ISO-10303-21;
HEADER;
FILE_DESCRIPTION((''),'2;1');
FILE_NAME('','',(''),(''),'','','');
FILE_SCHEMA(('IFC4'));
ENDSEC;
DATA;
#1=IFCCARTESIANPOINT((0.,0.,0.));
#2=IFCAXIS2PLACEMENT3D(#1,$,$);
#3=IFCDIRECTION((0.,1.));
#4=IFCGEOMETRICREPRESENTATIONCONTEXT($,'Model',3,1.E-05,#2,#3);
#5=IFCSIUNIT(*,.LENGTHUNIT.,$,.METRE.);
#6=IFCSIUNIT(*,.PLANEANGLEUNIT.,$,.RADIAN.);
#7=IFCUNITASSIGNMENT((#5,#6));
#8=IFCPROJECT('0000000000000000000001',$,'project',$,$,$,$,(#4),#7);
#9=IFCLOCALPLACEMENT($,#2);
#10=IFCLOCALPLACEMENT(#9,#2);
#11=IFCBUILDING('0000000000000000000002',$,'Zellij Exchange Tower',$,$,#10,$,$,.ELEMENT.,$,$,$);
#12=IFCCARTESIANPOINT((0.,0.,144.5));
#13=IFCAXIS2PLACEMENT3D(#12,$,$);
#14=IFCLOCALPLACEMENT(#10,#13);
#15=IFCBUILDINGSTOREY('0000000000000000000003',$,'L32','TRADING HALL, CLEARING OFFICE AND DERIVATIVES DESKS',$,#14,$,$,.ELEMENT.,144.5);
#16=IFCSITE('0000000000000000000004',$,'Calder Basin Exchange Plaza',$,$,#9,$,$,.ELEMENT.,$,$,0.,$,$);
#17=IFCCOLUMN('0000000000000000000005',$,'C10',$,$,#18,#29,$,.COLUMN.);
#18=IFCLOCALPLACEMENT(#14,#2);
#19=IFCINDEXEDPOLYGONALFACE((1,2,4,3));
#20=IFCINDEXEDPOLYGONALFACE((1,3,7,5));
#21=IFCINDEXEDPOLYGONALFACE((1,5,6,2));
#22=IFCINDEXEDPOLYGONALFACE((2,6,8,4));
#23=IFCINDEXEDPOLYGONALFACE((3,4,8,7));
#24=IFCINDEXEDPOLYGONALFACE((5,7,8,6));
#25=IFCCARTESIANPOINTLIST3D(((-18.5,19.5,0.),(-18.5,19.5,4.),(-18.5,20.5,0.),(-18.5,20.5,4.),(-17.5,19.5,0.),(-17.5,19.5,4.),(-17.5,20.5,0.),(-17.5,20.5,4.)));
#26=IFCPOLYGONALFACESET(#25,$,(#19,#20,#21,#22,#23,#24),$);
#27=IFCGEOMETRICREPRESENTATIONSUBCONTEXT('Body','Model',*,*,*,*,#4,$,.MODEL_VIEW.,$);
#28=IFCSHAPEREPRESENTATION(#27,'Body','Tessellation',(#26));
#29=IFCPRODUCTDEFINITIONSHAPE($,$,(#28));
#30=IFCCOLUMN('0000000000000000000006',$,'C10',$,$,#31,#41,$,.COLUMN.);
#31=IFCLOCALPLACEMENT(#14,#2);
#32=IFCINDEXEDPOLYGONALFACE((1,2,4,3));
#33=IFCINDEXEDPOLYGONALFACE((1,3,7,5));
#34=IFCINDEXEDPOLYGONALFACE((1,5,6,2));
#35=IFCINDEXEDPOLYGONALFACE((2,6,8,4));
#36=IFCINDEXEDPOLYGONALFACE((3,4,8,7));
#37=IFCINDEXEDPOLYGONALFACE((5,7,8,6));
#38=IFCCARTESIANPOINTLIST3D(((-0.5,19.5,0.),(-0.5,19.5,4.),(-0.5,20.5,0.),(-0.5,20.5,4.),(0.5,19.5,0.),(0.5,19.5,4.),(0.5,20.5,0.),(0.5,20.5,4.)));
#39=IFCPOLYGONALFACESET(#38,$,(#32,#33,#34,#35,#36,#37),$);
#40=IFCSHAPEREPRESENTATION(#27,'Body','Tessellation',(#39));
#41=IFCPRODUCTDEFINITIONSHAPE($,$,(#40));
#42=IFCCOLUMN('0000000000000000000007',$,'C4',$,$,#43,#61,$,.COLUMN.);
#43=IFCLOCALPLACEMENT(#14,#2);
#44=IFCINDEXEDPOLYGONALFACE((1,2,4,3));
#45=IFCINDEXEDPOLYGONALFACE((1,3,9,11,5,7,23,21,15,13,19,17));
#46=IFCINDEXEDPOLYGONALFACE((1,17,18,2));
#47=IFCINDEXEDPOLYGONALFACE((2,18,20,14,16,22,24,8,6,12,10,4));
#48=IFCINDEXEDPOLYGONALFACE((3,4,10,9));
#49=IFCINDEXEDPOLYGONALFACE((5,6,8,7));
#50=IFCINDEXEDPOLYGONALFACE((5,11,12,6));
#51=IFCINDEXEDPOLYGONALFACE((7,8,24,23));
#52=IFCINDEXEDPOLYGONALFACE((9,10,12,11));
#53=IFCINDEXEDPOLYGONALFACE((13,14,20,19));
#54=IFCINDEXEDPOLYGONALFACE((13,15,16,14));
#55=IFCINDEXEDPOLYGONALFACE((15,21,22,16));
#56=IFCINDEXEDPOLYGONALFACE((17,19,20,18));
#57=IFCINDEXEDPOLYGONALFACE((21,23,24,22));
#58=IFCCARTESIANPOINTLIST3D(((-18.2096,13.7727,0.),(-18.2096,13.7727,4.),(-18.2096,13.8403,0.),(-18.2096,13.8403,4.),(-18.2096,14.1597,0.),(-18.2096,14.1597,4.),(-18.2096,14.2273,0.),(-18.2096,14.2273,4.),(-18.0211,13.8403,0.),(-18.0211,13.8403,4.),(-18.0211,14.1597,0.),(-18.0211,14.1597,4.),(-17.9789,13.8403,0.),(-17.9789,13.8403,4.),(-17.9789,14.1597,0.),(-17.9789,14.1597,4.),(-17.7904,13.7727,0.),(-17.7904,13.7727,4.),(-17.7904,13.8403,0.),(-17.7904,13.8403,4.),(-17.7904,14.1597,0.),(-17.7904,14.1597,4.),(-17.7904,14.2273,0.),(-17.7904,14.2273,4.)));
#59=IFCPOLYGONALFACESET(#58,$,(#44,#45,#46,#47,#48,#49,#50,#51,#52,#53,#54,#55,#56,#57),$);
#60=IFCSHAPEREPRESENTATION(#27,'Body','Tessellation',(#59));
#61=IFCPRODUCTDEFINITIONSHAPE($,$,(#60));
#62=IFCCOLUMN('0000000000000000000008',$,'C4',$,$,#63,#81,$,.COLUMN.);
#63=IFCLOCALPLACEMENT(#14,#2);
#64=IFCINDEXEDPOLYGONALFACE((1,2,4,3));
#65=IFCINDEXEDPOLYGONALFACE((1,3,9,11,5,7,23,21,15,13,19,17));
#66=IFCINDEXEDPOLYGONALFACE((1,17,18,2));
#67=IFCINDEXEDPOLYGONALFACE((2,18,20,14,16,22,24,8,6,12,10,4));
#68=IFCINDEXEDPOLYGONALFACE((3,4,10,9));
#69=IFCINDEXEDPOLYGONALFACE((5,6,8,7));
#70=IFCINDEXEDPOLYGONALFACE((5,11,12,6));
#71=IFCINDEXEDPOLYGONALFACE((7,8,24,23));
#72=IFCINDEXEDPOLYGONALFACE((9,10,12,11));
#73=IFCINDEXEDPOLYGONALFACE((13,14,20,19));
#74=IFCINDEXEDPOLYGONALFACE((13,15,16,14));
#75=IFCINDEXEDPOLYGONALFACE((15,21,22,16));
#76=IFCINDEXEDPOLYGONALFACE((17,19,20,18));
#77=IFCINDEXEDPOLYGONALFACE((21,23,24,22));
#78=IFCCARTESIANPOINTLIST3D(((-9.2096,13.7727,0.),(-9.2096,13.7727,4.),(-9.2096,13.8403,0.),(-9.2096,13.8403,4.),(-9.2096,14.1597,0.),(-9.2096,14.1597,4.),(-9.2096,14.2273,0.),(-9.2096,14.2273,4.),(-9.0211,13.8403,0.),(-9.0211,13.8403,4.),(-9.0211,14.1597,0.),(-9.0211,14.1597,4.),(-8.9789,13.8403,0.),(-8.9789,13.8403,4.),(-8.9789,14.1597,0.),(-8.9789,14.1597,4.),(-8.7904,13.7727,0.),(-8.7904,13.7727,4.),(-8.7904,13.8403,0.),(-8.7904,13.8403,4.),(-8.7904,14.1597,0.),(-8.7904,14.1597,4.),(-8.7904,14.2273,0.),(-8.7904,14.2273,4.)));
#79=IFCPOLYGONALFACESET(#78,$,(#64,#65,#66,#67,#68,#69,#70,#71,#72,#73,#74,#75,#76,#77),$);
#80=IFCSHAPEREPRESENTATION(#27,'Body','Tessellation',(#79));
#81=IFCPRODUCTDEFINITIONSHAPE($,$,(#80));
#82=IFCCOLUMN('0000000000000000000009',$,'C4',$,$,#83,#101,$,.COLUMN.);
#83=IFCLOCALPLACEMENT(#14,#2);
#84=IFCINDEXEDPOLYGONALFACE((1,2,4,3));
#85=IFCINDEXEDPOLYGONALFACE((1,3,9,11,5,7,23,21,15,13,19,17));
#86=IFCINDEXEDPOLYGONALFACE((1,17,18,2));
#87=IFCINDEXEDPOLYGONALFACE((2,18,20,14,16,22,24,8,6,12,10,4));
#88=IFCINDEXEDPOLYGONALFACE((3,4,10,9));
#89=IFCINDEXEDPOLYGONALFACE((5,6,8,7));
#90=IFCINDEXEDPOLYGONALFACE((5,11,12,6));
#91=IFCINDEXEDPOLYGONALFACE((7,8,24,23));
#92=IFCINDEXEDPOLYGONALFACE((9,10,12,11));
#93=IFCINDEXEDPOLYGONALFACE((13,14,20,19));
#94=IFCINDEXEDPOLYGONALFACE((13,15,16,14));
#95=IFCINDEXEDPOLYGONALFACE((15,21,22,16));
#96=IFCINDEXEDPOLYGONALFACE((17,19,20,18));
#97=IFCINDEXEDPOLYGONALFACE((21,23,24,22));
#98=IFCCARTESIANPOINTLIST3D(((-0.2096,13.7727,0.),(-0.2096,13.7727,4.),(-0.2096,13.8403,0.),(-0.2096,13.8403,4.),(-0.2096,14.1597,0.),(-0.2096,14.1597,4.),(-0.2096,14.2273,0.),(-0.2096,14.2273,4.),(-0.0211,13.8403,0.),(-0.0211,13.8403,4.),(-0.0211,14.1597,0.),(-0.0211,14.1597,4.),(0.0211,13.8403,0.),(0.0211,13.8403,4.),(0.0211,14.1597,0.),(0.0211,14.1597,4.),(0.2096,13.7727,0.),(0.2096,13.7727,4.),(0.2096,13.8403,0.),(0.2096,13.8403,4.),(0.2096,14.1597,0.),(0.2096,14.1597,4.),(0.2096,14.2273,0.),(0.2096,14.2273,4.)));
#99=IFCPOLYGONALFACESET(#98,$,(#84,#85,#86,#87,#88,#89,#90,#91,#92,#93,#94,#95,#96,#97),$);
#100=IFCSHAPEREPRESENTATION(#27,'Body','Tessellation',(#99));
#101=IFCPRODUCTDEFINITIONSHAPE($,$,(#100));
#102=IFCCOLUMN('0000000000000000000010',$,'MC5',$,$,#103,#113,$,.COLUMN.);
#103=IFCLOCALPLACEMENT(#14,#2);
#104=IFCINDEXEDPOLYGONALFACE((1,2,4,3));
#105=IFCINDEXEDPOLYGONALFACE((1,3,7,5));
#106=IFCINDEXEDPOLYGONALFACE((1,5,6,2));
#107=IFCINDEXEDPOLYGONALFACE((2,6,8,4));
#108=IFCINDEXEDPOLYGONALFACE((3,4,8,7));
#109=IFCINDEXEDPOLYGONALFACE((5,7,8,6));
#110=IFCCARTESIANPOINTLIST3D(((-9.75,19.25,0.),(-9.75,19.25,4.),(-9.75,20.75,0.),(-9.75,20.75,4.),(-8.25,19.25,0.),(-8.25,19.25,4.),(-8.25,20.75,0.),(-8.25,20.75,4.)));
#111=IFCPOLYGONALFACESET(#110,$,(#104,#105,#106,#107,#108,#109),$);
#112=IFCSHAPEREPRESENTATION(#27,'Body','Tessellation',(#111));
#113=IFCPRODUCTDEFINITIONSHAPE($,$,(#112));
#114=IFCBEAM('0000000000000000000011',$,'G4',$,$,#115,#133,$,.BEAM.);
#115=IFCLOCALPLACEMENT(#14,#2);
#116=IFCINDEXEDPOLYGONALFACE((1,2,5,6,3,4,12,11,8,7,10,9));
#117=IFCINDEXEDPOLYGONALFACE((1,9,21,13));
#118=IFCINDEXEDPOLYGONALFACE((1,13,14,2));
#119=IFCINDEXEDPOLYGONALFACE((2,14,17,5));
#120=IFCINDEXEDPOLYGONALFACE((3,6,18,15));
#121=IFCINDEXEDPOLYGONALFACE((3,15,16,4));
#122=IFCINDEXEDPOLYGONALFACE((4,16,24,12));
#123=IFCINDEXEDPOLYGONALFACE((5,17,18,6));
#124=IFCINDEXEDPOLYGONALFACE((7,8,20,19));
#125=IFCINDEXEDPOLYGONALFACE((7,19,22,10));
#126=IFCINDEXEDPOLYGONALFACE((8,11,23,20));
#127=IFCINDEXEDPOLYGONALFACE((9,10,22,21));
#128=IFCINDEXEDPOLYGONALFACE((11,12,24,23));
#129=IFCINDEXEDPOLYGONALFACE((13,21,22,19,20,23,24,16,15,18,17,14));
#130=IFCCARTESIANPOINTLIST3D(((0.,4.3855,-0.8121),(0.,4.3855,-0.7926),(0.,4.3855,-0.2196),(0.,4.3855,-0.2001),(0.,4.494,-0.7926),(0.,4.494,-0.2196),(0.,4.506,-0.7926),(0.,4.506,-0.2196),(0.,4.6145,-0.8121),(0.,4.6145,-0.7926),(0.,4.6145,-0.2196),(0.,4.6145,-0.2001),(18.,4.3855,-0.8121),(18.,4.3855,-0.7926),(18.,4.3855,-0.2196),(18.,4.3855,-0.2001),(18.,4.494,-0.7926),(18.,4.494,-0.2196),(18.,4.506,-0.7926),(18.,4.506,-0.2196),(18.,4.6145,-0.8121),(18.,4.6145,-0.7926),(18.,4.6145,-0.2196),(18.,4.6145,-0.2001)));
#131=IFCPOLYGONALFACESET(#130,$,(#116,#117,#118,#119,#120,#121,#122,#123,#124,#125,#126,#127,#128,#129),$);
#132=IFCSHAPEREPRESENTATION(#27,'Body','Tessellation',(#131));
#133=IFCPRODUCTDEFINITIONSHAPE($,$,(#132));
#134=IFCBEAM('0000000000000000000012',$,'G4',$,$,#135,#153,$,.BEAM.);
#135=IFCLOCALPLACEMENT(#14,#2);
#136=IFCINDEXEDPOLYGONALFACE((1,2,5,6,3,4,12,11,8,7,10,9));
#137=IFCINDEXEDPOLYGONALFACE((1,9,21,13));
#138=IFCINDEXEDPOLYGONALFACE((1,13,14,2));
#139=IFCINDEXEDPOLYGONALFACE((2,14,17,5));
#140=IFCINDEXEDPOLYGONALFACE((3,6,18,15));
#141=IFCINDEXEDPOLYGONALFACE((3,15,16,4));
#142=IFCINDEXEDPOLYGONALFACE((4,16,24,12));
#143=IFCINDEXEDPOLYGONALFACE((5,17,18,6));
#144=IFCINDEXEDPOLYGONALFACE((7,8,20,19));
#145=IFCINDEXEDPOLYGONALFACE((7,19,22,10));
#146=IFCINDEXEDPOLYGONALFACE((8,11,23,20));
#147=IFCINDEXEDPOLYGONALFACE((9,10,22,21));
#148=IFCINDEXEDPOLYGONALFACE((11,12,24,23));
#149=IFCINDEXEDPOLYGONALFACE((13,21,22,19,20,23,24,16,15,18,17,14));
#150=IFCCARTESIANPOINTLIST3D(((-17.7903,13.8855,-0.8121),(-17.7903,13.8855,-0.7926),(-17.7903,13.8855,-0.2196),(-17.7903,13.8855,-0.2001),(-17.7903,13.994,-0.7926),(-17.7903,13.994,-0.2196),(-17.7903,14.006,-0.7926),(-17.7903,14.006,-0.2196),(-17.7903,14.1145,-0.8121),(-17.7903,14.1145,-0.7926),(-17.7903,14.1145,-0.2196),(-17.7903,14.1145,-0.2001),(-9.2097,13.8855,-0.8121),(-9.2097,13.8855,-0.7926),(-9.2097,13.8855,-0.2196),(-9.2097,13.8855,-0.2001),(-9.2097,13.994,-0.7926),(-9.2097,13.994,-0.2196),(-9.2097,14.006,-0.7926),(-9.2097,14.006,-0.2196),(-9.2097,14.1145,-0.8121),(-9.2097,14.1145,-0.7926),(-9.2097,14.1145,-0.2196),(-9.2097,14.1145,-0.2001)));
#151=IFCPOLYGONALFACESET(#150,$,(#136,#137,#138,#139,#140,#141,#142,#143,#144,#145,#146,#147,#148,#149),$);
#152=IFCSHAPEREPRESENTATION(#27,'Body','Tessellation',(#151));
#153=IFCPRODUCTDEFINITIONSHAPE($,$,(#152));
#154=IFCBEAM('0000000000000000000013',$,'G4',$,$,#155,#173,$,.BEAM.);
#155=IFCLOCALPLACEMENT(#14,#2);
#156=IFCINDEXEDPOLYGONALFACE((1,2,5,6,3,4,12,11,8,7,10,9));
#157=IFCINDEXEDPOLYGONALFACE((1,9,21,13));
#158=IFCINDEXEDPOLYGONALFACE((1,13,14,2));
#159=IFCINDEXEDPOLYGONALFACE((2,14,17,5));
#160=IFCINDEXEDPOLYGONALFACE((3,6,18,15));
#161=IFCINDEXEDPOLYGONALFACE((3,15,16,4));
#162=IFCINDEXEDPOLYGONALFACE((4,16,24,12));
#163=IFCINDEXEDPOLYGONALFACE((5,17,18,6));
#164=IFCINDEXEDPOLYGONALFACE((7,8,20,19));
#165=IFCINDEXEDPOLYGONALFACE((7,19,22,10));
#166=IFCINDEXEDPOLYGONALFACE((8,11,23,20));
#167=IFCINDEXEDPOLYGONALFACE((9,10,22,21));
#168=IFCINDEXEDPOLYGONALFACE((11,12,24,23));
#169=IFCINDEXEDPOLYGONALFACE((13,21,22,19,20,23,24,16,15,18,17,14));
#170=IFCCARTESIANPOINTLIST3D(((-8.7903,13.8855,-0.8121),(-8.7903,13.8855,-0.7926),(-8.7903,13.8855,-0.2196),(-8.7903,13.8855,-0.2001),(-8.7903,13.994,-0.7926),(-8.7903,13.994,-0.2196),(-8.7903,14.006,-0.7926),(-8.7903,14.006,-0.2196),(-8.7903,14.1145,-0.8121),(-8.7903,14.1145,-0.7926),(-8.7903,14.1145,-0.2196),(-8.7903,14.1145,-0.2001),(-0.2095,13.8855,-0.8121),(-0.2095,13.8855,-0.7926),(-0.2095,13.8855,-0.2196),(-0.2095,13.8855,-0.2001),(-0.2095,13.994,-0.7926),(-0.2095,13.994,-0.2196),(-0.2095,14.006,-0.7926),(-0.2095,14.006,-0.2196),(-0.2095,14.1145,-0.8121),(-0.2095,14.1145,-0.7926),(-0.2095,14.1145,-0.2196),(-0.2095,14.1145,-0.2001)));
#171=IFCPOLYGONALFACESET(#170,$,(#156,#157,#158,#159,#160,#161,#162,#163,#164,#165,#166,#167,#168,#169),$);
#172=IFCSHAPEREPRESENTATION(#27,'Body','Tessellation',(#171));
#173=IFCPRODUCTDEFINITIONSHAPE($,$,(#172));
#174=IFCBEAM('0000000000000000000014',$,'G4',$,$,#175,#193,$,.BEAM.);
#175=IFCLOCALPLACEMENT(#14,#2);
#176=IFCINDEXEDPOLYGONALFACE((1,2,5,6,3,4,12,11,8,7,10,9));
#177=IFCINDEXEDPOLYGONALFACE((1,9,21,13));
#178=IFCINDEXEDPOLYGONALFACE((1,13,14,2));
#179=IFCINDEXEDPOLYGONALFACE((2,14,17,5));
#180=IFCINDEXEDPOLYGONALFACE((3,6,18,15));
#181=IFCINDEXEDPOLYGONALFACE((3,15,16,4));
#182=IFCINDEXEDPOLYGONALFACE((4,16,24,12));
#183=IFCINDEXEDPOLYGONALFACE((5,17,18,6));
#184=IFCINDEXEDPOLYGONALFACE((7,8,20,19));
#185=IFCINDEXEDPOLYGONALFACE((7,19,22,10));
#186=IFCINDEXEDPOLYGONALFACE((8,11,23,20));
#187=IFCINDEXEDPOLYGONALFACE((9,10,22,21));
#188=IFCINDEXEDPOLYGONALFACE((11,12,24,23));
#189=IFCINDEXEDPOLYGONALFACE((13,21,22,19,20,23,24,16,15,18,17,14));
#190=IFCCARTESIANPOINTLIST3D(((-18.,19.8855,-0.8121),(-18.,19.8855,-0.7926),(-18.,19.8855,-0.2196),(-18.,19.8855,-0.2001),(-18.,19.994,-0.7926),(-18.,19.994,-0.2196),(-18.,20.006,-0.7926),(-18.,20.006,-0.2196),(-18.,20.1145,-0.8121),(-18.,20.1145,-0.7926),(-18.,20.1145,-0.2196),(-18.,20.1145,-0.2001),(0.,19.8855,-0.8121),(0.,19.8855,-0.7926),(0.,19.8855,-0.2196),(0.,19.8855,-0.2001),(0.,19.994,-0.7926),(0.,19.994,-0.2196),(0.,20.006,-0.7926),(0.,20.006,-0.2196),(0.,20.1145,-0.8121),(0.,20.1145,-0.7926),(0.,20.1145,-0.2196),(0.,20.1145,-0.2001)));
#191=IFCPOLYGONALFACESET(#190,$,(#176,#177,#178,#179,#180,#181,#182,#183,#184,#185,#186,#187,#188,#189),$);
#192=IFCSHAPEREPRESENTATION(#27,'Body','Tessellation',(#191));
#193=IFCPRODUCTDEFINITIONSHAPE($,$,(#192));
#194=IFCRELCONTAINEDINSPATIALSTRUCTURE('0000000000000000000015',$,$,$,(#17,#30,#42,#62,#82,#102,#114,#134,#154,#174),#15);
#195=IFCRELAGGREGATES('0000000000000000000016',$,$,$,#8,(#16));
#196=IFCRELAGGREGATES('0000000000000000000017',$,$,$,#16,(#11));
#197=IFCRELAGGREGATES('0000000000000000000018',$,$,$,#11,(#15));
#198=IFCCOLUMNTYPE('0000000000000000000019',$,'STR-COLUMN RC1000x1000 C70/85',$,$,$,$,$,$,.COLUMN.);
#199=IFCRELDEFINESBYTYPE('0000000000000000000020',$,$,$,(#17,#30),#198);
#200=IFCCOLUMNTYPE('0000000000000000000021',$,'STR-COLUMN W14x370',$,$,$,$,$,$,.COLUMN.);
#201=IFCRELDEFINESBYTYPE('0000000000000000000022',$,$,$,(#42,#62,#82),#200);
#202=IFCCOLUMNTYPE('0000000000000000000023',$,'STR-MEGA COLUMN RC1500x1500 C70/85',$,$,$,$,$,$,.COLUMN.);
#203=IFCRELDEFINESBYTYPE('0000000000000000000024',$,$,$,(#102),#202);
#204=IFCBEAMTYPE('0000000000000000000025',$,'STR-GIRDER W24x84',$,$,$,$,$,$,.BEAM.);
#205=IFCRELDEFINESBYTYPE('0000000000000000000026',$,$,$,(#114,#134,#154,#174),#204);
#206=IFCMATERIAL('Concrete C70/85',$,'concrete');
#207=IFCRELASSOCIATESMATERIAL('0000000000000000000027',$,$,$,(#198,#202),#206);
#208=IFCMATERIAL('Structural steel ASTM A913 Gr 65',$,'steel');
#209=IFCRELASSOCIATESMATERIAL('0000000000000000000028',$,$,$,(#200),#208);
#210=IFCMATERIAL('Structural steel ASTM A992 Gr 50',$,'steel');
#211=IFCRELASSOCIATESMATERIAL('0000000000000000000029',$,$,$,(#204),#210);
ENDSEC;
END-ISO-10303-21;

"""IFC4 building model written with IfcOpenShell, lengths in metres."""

from ifc_helpers import new_model, si_unit, direction, frame, origin, origin_2d, place, context, subcontext, project, spatial, rectangle, i_section, extrude, material, material_profile, profile_set, type_object, element, save


model = new_model("IFC4")

# Units and contexts
model_context = context("Model", 3, precision=1e-05, world=origin(), true_north=direction((0.0, 1.0)))
body_context = subcontext(model_context, "Body", "Model", "MODEL_VIEW")
ifc_project = project(units=[si_unit("LENGTHUNIT", "METRE"), si_unit("PLANEANGLEUNIT", "RADIAN")], contexts=[model_context])

# Site, building, storey
site_placement = place(None, origin())
site = spatial("IfcSite", under=ifc_project, at=site_placement, Name="Calder Basin Exchange Plaza", CompositionType="ELEMENT", RefElevation=0.0)
building_placement = place(site_placement, origin())
building = spatial("IfcBuilding", under=site, at=building_placement, Name="Zellij Exchange Tower", CompositionType="ELEMENT")
storey_placement = place(building_placement, frame((0.0, 0.0, 144.5)))
storey = spatial("IfcBuildingStorey", under=building, at=storey_placement, Name="L32", Description="TRADING HALL, CLEARING OFFICE AND DERIVATIVES DESKS", CompositionType="ELEMENT", Elevation=144.5)

# Columns
ifc_material_1 = material(Name="Concrete C70/85", Category="concrete")
ifc_material_profile_1 = material_profile(ifc_material_1, rectangle(XDim=1.0, YDim=1.0, at=origin_2d()), Name="STR-COLUMN RC1000x1000 C70/85")
ifc_profile_set_1 = profile_set([ifc_material_profile_1], Name="Concrete C70/85")
column_type_1 = type_object("IfcColumnType", Name="STR-COLUMN RC1000x1000 C70/85", PredefinedType="COLUMN", material=ifc_profile_set_1)
for number, where, z_axis, x_axis, name in (
    (1, (-18.0, 20.0, 0.0), (0.0, 0.0, 1.0), (1.0, 0.0, 0.0), "C10"),
    (2, (0.0, 20.0, 0.0), (0.0, 0.0, 1.0), (1.0, 0.0, 0.0), "C10"),
):
    element("IfcColumn", number, at=place(storey_placement, frame(where, z_axis=z_axis, x_axis=x_axis)), inside=storey, type_object=column_type_1, Name=name, PredefinedType="COLUMN", context=body_context, shape_type="SweptSolid", body=[
        extrude(rectangle(XDim=1.0, YDim=1.0, at=origin_2d()), origin(), (0.0, 0.0, 1.0), 4.0),
    ])
ifc_material_2 = material(Name="Structural steel ASTM A913 Gr 65", Category="steel")
ifc_material_profile_2 = material_profile(ifc_material_2, i_section(OverallWidth=0.4192, OverallDepth=0.4546, WebThickness=0.0422, FlangeThickness=0.0676, at=origin_2d()), Name="W14x370")
ifc_profile_set_2 = profile_set([ifc_material_profile_2], Name="Structural steel ASTM A913 Gr 65")
column_type_2 = type_object("IfcColumnType", Name="STR-COLUMN W14x370", PredefinedType="COLUMN", material=ifc_profile_set_2)
for number, where, z_axis, x_axis, name in (
    (3, (-18.0, 14.0, 0.0), (0.0, 0.0, 1.0), (1.0, 0.0, 0.0), "C4"),
    (4, (-9.0, 14.0, 0.0), (0.0, 0.0, 1.0), (1.0, 0.0, 0.0), "C4"),
    (5, (0.0, 14.0, 0.0), (0.0, 0.0, 1.0), (1.0, 0.0, 0.0), "C4"),
):
    element("IfcColumn", number, at=place(storey_placement, frame(where, z_axis=z_axis, x_axis=x_axis)), inside=storey, type_object=column_type_2, Name=name, PredefinedType="COLUMN", context=body_context, shape_type="SweptSolid", body=[
        extrude(i_section(OverallWidth=0.4192, OverallDepth=0.4546, WebThickness=0.0422, FlangeThickness=0.0676, at=origin_2d()), origin(), (0.0, 0.0, 1.0), 4.0),
    ])
ifc_material_profile_3 = material_profile(ifc_material_1, rectangle(XDim=1.5, YDim=1.5, at=origin_2d()), Name="STR-MEGA COLUMN RC1500x1500 C70/85")
ifc_profile_set_3 = profile_set([ifc_material_profile_3], Name="Concrete C70/85")
column_type_3 = type_object("IfcColumnType", Name="STR-MEGA COLUMN RC1500x1500 C70/85", PredefinedType="COLUMN", material=ifc_profile_set_3)
column_placement = place(storey_placement, frame((-9.0, 20.0, 0.0), z_axis=(0.0, 0.0, 1.0), x_axis=(1.0, 0.0, 0.0)))
element("IfcColumn", 6, at=column_placement, inside=storey, type_object=column_type_3, Name="MC5", PredefinedType="COLUMN", context=body_context, shape_type="SweptSolid", body=[
    extrude(rectangle(XDim=1.5, YDim=1.5, at=origin_2d()), origin(), (0.0, 0.0, 1.0), 4.0),
])

# Beams
ifc_material_3 = material(Name="Structural steel ASTM A992 Gr 50", Category="steel")
ifc_material_profile_4 = material_profile(ifc_material_3, i_section(OverallWidth=0.229, OverallDepth=0.6121, WebThickness=0.012, FlangeThickness=0.0195, at=origin_2d()), Name="W24x84")
ifc_profile_set_4 = profile_set([ifc_material_profile_4], Name="Structural steel ASTM A992 Gr 50")
beam_type = type_object("IfcBeamType", Name="STR-GIRDER W24x84", PredefinedType="BEAM", material=ifc_profile_set_4)
beam_1_placement = place(storey_placement, frame((0.0, 4.5, -0.5061), z_axis=(1.0, 0.0, 0.0), x_axis=(0.0, 1.0, 0.0)))
element("IfcBeam", 7, at=beam_1_placement, inside=storey, type_object=beam_type, Name="G4", PredefinedType="BEAM", context=body_context, shape_type="SweptSolid", body=[
    extrude(i_section(OverallWidth=0.229, OverallDepth=0.6121, WebThickness=0.012, FlangeThickness=0.0195, at=origin_2d()), origin(), (0.0, 0.0, 1.0), 18.0),
])
beam_2_placement = place(storey_placement, frame((-17.7903, 14.0, -0.5061), z_axis=(1.0, 0.0, 0.0), x_axis=(0.0, 1.0, 0.0)))
element("IfcBeam", 8, at=beam_2_placement, inside=storey, type_object=beam_type, Name="G4", PredefinedType="BEAM", context=body_context, shape_type="SweptSolid", body=[
    extrude(i_section(OverallWidth=0.229, OverallDepth=0.6121, WebThickness=0.012, FlangeThickness=0.0195, at=origin_2d()), origin(), (0.0, 0.0, 1.0), 8.5806),
])
beam_3_placement = place(storey_placement, frame((-8.7903, 14.0, -0.5061), z_axis=(1.0, 0.0, 0.0), x_axis=(0.0, 1.0, 0.0)))
element("IfcBeam", 9, at=beam_3_placement, inside=storey, type_object=beam_type, Name="G4", PredefinedType="BEAM", context=body_context, shape_type="SweptSolid", body=[
    extrude(i_section(OverallWidth=0.229, OverallDepth=0.6121, WebThickness=0.012, FlangeThickness=0.0195, at=origin_2d()), origin(), (0.0, 0.0, 1.0), 8.5808),
])
for number, where, z_axis, x_axis, name in (
    (10, (-18.0, 20.0, -0.5061), (1.0, 0.0, 0.0), (0.0, 1.0, 0.0), "G4"),
):
    element("IfcBeam", number, at=place(storey_placement, frame(where, z_axis=z_axis, x_axis=x_axis)), inside=storey, type_object=beam_type, Name=name, PredefinedType="BEAM", context=body_context, shape_type="SweptSolid", body=[
        extrude(i_section(OverallWidth=0.229, OverallDepth=0.6121, WebThickness=0.012, FlangeThickness=0.0195, at=origin_2d()), origin(), (0.0, 0.0, 1.0), 18.0),
    ])

save(model, "model.ifc")
